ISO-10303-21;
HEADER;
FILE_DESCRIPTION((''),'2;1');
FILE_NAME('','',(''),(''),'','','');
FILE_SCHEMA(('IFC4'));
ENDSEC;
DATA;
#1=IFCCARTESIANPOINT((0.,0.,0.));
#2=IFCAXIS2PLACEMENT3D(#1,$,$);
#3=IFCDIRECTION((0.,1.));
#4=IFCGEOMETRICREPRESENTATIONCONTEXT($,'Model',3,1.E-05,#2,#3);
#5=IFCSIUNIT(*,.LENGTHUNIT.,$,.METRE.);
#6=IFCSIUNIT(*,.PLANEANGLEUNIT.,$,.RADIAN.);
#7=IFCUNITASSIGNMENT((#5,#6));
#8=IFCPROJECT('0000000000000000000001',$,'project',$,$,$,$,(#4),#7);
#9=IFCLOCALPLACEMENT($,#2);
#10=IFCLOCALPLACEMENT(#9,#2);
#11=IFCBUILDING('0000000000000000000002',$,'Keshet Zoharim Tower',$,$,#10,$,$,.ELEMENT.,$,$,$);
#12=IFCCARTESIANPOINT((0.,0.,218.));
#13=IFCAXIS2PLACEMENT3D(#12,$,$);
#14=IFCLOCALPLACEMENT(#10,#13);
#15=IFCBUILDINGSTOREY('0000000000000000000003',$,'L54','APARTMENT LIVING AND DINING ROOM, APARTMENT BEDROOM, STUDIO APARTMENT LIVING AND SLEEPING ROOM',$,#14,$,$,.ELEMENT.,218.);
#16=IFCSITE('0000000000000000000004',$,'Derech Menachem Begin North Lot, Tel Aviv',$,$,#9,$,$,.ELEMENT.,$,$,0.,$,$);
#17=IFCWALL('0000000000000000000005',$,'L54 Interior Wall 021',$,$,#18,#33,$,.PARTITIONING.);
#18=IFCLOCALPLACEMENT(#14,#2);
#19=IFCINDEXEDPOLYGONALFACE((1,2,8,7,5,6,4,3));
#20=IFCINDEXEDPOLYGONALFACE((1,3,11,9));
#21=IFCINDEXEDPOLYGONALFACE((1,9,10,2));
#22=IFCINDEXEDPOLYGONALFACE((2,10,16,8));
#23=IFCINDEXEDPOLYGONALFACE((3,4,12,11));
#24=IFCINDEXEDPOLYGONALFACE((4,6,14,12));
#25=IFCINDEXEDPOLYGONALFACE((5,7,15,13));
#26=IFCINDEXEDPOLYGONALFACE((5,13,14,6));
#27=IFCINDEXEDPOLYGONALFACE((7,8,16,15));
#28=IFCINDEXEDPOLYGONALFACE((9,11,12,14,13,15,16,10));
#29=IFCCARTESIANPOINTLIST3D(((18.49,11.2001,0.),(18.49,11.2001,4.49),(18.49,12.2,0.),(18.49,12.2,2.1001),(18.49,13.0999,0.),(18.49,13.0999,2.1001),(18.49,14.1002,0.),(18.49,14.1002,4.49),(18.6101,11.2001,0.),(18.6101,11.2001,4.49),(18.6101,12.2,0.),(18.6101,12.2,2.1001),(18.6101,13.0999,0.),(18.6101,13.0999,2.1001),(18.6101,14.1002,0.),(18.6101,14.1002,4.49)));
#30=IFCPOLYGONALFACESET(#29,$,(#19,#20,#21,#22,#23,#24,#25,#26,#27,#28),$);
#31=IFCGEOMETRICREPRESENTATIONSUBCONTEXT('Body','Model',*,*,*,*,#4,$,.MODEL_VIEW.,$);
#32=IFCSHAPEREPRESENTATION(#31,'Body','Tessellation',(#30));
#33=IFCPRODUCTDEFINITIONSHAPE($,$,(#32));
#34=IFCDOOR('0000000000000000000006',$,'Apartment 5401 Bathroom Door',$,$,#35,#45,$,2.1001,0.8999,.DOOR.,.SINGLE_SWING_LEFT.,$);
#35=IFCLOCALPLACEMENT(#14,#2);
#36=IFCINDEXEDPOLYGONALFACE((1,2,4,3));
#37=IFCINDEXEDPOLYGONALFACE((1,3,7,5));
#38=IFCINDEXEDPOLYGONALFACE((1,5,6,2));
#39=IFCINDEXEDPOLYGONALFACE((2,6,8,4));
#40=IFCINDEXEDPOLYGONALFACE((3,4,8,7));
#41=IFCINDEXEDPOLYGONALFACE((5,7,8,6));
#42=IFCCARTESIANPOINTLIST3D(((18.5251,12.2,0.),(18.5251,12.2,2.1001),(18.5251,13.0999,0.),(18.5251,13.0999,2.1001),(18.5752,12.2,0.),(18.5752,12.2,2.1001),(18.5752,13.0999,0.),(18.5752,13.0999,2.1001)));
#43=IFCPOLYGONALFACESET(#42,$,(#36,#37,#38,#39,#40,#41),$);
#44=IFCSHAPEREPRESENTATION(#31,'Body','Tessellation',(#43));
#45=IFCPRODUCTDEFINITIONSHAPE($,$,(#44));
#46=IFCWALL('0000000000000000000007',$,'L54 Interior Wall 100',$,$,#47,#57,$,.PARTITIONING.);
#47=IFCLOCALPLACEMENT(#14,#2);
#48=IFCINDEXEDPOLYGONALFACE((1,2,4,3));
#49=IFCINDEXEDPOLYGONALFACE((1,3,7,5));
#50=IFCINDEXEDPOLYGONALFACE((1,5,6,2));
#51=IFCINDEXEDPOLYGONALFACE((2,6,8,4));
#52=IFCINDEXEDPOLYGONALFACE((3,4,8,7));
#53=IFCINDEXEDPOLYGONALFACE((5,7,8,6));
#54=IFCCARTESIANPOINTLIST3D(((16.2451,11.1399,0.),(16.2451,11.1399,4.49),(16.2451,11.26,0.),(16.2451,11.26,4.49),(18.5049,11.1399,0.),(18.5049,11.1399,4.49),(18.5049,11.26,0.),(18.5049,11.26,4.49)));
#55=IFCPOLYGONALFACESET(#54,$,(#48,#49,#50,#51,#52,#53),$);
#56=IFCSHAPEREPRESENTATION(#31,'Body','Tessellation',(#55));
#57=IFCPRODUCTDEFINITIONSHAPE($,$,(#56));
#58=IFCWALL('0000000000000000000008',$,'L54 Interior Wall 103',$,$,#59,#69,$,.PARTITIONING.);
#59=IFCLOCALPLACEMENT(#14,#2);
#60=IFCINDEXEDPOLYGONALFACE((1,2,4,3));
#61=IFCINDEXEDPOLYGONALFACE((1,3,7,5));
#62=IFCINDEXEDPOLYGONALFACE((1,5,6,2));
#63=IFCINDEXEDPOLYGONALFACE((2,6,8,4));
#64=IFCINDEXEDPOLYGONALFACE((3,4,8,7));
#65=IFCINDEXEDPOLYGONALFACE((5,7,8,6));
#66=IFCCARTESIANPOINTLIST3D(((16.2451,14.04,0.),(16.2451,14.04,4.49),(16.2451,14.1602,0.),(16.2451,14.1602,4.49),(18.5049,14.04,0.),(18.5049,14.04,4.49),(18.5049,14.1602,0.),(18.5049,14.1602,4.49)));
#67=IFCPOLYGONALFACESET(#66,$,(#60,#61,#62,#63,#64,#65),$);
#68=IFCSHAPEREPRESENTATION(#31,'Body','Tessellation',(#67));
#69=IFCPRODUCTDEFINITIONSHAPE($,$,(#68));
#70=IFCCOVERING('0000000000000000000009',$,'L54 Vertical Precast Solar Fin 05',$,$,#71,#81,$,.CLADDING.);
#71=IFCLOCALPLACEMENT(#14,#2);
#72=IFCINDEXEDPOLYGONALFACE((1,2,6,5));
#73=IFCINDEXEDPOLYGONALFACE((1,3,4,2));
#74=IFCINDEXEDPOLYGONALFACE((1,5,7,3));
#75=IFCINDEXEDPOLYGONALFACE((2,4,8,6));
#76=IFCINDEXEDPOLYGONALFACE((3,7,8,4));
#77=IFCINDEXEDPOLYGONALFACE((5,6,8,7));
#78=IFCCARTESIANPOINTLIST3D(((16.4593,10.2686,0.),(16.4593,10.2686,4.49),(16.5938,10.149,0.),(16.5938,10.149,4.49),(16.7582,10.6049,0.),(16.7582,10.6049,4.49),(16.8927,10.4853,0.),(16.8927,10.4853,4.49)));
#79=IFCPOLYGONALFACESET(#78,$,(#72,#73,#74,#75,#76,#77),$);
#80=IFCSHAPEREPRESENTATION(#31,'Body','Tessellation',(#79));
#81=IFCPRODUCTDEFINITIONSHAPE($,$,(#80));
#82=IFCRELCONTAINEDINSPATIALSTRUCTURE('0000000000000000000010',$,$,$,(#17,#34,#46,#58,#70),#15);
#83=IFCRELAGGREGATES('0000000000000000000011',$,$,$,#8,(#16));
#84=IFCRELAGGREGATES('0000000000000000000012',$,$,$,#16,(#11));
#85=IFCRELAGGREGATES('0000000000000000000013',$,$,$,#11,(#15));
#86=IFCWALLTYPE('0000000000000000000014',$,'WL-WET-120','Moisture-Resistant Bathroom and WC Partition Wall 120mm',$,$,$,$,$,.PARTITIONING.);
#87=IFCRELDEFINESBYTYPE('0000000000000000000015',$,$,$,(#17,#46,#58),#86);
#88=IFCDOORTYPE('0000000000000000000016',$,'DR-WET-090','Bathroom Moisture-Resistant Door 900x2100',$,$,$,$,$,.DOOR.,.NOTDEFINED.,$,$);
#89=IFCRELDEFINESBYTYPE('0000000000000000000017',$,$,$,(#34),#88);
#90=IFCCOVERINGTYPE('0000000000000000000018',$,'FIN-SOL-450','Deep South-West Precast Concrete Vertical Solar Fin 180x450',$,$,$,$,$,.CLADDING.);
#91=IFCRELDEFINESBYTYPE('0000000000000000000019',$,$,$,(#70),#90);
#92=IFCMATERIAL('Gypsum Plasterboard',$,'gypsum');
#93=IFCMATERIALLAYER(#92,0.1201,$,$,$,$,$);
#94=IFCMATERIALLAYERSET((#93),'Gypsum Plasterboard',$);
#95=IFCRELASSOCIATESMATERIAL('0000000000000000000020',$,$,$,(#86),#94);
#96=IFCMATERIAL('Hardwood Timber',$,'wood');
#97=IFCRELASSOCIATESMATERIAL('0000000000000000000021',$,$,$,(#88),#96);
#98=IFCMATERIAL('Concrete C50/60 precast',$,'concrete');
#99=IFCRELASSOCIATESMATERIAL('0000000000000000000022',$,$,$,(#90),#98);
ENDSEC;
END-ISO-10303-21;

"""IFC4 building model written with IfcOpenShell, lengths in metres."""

from ifc_helpers import new_model, si_unit, direction, frame, frame_2d, origin, origin_2d, place, context, subcontext, project, spatial, rectangle, extrude, material, layer, layer_set, type_object, element, fill, save


model = new_model("IFC4")

# Units and contexts
model_context = context("Model", 3, precision=1e-05, world=origin(), true_north=direction((0.0, 1.0)))
body_context = subcontext(model_context, "Body", "Model", "MODEL_VIEW")
ifc_project = project(units=[si_unit("LENGTHUNIT", "METRE"), si_unit("PLANEANGLEUNIT", "RADIAN")], contexts=[model_context])

# Site, building, storey
site_placement = place(None, origin())
site = spatial("IfcSite", under=ifc_project, at=site_placement, Name="Derech Menachem Begin North Lot, Tel Aviv", CompositionType="ELEMENT", RefElevation=0.0)
building_placement = place(site_placement, origin())
building = spatial("IfcBuilding", under=site, at=building_placement, Name="Keshet Zoharim Tower", CompositionType="ELEMENT")
storey_placement = place(building_placement, frame((0.0, 0.0, 218.0)))
storey = spatial("IfcBuildingStorey", under=building, at=storey_placement, Name="L54", Description="APARTMENT LIVING AND DINING ROOM, APARTMENT BEDROOM, STUDIO APARTMENT LIVING AND SLEEPING ROOM", CompositionType="ELEMENT", Elevation=218.0)

# Shared definitions
ifc_material_1 = material(Name="Gypsum Plasterboard", Category="gypsum")
ifc_material_2 = material(Name="Hardwood Timber", Category="wood")

# Shared definitions
ifc_layer_1 = layer(ifc_material_1, 0.1201)
ifc_layer_set_1 = layer_set([ifc_layer_1], Name="Gypsum Plasterboard")
wall_type_1 = type_object("IfcWallType", Name="WL-WET-120", Description="Moisture-Resistant Bathroom and WC Partition Wall 120mm", PredefinedType="PARTITIONING", material=ifc_layer_set_1)

# Wall, opening, door
wall_1_placement = place(storey_placement, frame((18.55, 11.2, 0.0), z_axis=(0.0, 0.0, 1.0), x_axis=(0.0, 1.0, 0.0)))
wall_1 = element("IfcWall", 1, at=wall_1_placement, inside=storey, type_object=wall_type_1, Name="L54 Interior Wall 021", PredefinedType="PARTITIONING", context=body_context, shape_type="SweptSolid", body=[
    extrude(rectangle(XDim=2.9001, YDim=0.1201, at=frame_2d((1.4502, 0.0))), origin(), (0.0, 0.0, 1.0), 4.49),
])
opening_1_placement = place(wall_1_placement, frame((1.0, 0.0, 0.0)))
opening_1 = element("IfcOpeningElement", 2, at=opening_1_placement, cuts=wall_1, PredefinedType="OPENING", context=body_context, shape_type="SweptSolid", body=[
    extrude(rectangle(XDim=0.8999, YDim=2.1001, at=frame_2d((0.45, 1.05))), frame((0.0, 0.0701, 0.0), z_axis=(0.0, -1.0, 0.0), x_axis=(1.0, 0.0, 0.0)), (0.0, 0.0, 1.0), 0.1401),
])
door_type_1 = type_object("IfcDoorType", Name="DR-WET-090", Description="Bathroom Moisture-Resistant Door 900x2100", OperationType="NOTDEFINED", PredefinedType="DOOR", material=ifc_material_2)
door_1_placement = place(opening_1_placement, origin())
door_1 = element("IfcDoor", 3, at=door_1_placement, inside=storey, type_object=door_type_1, Name="Apartment 5401 Bathroom Door", OperationType="SINGLE_SWING_LEFT", OverallHeight=2.1001, OverallWidth=0.8999, PredefinedType="DOOR", context=body_context, shape_type="SweptSolid", body=[
    extrude(rectangle(XDim=0.8999, YDim=2.1001, at=frame_2d((0.45, 1.05))), frame((0.0, 0.0249, 0.0), z_axis=(0.0, -1.0, 0.0), x_axis=(1.0, 0.0, 0.0)), (0.0, 0.0, 1.0), 0.05),
])
fill(opening_1, door_1)

# Walls
for number, where, z_axis, x_axis, name in (
    (4, (16.2451, 11.2, 0.0), (0.0, 0.0, 1.0), (1.0, 0.0, 0.0), "L54 Interior Wall 100"),
    (5, (16.2451, 14.1001, 0.0), (0.0, 0.0, 1.0), (1.0, 0.0, 0.0), "L54 Interior Wall 103"),
):
    element("IfcWall", number, at=place(storey_placement, frame(where, z_axis=z_axis, x_axis=x_axis)), inside=storey, type_object=wall_type_1, Name=name, PredefinedType="PARTITIONING", context=body_context, shape_type="SweptSolid", body=[
        extrude(rectangle(XDim=2.2598, YDim=0.1201, at=frame_2d((1.1299, 0.0))), origin(), (0.0, 0.0, 1.0), 4.49),
    ])

# Covering
ifc_material_3 = material(Name="Concrete C50/60 precast", Category="concrete")
covering_type = type_object("IfcCoveringType", Name="FIN-SOL-450", Description="Deep South-West Precast Concrete Vertical Solar Fin 180x450", PredefinedType="CLADDING", material=ifc_material_3)
covering_placement = place(storey_placement, frame((16.676, 10.377, 0.0), z_axis=(0.0, 0.0, 1.0), x_axis=(-0.747409, 0.664364, 0.0)))
element("IfcCovering", 6, at=covering_placement, inside=storey, type_object=covering_type, Name="L54 Vertical Precast Solar Fin 05", PredefinedType="CLADDING", context=body_context, shape_type="SweptSolid", body=[
    extrude(rectangle(XDim=0.1799, YDim=0.45, at=origin_2d()), origin(), (0.0, 0.0, 1.0), 4.49),
])

save(model, "model.ifc")
